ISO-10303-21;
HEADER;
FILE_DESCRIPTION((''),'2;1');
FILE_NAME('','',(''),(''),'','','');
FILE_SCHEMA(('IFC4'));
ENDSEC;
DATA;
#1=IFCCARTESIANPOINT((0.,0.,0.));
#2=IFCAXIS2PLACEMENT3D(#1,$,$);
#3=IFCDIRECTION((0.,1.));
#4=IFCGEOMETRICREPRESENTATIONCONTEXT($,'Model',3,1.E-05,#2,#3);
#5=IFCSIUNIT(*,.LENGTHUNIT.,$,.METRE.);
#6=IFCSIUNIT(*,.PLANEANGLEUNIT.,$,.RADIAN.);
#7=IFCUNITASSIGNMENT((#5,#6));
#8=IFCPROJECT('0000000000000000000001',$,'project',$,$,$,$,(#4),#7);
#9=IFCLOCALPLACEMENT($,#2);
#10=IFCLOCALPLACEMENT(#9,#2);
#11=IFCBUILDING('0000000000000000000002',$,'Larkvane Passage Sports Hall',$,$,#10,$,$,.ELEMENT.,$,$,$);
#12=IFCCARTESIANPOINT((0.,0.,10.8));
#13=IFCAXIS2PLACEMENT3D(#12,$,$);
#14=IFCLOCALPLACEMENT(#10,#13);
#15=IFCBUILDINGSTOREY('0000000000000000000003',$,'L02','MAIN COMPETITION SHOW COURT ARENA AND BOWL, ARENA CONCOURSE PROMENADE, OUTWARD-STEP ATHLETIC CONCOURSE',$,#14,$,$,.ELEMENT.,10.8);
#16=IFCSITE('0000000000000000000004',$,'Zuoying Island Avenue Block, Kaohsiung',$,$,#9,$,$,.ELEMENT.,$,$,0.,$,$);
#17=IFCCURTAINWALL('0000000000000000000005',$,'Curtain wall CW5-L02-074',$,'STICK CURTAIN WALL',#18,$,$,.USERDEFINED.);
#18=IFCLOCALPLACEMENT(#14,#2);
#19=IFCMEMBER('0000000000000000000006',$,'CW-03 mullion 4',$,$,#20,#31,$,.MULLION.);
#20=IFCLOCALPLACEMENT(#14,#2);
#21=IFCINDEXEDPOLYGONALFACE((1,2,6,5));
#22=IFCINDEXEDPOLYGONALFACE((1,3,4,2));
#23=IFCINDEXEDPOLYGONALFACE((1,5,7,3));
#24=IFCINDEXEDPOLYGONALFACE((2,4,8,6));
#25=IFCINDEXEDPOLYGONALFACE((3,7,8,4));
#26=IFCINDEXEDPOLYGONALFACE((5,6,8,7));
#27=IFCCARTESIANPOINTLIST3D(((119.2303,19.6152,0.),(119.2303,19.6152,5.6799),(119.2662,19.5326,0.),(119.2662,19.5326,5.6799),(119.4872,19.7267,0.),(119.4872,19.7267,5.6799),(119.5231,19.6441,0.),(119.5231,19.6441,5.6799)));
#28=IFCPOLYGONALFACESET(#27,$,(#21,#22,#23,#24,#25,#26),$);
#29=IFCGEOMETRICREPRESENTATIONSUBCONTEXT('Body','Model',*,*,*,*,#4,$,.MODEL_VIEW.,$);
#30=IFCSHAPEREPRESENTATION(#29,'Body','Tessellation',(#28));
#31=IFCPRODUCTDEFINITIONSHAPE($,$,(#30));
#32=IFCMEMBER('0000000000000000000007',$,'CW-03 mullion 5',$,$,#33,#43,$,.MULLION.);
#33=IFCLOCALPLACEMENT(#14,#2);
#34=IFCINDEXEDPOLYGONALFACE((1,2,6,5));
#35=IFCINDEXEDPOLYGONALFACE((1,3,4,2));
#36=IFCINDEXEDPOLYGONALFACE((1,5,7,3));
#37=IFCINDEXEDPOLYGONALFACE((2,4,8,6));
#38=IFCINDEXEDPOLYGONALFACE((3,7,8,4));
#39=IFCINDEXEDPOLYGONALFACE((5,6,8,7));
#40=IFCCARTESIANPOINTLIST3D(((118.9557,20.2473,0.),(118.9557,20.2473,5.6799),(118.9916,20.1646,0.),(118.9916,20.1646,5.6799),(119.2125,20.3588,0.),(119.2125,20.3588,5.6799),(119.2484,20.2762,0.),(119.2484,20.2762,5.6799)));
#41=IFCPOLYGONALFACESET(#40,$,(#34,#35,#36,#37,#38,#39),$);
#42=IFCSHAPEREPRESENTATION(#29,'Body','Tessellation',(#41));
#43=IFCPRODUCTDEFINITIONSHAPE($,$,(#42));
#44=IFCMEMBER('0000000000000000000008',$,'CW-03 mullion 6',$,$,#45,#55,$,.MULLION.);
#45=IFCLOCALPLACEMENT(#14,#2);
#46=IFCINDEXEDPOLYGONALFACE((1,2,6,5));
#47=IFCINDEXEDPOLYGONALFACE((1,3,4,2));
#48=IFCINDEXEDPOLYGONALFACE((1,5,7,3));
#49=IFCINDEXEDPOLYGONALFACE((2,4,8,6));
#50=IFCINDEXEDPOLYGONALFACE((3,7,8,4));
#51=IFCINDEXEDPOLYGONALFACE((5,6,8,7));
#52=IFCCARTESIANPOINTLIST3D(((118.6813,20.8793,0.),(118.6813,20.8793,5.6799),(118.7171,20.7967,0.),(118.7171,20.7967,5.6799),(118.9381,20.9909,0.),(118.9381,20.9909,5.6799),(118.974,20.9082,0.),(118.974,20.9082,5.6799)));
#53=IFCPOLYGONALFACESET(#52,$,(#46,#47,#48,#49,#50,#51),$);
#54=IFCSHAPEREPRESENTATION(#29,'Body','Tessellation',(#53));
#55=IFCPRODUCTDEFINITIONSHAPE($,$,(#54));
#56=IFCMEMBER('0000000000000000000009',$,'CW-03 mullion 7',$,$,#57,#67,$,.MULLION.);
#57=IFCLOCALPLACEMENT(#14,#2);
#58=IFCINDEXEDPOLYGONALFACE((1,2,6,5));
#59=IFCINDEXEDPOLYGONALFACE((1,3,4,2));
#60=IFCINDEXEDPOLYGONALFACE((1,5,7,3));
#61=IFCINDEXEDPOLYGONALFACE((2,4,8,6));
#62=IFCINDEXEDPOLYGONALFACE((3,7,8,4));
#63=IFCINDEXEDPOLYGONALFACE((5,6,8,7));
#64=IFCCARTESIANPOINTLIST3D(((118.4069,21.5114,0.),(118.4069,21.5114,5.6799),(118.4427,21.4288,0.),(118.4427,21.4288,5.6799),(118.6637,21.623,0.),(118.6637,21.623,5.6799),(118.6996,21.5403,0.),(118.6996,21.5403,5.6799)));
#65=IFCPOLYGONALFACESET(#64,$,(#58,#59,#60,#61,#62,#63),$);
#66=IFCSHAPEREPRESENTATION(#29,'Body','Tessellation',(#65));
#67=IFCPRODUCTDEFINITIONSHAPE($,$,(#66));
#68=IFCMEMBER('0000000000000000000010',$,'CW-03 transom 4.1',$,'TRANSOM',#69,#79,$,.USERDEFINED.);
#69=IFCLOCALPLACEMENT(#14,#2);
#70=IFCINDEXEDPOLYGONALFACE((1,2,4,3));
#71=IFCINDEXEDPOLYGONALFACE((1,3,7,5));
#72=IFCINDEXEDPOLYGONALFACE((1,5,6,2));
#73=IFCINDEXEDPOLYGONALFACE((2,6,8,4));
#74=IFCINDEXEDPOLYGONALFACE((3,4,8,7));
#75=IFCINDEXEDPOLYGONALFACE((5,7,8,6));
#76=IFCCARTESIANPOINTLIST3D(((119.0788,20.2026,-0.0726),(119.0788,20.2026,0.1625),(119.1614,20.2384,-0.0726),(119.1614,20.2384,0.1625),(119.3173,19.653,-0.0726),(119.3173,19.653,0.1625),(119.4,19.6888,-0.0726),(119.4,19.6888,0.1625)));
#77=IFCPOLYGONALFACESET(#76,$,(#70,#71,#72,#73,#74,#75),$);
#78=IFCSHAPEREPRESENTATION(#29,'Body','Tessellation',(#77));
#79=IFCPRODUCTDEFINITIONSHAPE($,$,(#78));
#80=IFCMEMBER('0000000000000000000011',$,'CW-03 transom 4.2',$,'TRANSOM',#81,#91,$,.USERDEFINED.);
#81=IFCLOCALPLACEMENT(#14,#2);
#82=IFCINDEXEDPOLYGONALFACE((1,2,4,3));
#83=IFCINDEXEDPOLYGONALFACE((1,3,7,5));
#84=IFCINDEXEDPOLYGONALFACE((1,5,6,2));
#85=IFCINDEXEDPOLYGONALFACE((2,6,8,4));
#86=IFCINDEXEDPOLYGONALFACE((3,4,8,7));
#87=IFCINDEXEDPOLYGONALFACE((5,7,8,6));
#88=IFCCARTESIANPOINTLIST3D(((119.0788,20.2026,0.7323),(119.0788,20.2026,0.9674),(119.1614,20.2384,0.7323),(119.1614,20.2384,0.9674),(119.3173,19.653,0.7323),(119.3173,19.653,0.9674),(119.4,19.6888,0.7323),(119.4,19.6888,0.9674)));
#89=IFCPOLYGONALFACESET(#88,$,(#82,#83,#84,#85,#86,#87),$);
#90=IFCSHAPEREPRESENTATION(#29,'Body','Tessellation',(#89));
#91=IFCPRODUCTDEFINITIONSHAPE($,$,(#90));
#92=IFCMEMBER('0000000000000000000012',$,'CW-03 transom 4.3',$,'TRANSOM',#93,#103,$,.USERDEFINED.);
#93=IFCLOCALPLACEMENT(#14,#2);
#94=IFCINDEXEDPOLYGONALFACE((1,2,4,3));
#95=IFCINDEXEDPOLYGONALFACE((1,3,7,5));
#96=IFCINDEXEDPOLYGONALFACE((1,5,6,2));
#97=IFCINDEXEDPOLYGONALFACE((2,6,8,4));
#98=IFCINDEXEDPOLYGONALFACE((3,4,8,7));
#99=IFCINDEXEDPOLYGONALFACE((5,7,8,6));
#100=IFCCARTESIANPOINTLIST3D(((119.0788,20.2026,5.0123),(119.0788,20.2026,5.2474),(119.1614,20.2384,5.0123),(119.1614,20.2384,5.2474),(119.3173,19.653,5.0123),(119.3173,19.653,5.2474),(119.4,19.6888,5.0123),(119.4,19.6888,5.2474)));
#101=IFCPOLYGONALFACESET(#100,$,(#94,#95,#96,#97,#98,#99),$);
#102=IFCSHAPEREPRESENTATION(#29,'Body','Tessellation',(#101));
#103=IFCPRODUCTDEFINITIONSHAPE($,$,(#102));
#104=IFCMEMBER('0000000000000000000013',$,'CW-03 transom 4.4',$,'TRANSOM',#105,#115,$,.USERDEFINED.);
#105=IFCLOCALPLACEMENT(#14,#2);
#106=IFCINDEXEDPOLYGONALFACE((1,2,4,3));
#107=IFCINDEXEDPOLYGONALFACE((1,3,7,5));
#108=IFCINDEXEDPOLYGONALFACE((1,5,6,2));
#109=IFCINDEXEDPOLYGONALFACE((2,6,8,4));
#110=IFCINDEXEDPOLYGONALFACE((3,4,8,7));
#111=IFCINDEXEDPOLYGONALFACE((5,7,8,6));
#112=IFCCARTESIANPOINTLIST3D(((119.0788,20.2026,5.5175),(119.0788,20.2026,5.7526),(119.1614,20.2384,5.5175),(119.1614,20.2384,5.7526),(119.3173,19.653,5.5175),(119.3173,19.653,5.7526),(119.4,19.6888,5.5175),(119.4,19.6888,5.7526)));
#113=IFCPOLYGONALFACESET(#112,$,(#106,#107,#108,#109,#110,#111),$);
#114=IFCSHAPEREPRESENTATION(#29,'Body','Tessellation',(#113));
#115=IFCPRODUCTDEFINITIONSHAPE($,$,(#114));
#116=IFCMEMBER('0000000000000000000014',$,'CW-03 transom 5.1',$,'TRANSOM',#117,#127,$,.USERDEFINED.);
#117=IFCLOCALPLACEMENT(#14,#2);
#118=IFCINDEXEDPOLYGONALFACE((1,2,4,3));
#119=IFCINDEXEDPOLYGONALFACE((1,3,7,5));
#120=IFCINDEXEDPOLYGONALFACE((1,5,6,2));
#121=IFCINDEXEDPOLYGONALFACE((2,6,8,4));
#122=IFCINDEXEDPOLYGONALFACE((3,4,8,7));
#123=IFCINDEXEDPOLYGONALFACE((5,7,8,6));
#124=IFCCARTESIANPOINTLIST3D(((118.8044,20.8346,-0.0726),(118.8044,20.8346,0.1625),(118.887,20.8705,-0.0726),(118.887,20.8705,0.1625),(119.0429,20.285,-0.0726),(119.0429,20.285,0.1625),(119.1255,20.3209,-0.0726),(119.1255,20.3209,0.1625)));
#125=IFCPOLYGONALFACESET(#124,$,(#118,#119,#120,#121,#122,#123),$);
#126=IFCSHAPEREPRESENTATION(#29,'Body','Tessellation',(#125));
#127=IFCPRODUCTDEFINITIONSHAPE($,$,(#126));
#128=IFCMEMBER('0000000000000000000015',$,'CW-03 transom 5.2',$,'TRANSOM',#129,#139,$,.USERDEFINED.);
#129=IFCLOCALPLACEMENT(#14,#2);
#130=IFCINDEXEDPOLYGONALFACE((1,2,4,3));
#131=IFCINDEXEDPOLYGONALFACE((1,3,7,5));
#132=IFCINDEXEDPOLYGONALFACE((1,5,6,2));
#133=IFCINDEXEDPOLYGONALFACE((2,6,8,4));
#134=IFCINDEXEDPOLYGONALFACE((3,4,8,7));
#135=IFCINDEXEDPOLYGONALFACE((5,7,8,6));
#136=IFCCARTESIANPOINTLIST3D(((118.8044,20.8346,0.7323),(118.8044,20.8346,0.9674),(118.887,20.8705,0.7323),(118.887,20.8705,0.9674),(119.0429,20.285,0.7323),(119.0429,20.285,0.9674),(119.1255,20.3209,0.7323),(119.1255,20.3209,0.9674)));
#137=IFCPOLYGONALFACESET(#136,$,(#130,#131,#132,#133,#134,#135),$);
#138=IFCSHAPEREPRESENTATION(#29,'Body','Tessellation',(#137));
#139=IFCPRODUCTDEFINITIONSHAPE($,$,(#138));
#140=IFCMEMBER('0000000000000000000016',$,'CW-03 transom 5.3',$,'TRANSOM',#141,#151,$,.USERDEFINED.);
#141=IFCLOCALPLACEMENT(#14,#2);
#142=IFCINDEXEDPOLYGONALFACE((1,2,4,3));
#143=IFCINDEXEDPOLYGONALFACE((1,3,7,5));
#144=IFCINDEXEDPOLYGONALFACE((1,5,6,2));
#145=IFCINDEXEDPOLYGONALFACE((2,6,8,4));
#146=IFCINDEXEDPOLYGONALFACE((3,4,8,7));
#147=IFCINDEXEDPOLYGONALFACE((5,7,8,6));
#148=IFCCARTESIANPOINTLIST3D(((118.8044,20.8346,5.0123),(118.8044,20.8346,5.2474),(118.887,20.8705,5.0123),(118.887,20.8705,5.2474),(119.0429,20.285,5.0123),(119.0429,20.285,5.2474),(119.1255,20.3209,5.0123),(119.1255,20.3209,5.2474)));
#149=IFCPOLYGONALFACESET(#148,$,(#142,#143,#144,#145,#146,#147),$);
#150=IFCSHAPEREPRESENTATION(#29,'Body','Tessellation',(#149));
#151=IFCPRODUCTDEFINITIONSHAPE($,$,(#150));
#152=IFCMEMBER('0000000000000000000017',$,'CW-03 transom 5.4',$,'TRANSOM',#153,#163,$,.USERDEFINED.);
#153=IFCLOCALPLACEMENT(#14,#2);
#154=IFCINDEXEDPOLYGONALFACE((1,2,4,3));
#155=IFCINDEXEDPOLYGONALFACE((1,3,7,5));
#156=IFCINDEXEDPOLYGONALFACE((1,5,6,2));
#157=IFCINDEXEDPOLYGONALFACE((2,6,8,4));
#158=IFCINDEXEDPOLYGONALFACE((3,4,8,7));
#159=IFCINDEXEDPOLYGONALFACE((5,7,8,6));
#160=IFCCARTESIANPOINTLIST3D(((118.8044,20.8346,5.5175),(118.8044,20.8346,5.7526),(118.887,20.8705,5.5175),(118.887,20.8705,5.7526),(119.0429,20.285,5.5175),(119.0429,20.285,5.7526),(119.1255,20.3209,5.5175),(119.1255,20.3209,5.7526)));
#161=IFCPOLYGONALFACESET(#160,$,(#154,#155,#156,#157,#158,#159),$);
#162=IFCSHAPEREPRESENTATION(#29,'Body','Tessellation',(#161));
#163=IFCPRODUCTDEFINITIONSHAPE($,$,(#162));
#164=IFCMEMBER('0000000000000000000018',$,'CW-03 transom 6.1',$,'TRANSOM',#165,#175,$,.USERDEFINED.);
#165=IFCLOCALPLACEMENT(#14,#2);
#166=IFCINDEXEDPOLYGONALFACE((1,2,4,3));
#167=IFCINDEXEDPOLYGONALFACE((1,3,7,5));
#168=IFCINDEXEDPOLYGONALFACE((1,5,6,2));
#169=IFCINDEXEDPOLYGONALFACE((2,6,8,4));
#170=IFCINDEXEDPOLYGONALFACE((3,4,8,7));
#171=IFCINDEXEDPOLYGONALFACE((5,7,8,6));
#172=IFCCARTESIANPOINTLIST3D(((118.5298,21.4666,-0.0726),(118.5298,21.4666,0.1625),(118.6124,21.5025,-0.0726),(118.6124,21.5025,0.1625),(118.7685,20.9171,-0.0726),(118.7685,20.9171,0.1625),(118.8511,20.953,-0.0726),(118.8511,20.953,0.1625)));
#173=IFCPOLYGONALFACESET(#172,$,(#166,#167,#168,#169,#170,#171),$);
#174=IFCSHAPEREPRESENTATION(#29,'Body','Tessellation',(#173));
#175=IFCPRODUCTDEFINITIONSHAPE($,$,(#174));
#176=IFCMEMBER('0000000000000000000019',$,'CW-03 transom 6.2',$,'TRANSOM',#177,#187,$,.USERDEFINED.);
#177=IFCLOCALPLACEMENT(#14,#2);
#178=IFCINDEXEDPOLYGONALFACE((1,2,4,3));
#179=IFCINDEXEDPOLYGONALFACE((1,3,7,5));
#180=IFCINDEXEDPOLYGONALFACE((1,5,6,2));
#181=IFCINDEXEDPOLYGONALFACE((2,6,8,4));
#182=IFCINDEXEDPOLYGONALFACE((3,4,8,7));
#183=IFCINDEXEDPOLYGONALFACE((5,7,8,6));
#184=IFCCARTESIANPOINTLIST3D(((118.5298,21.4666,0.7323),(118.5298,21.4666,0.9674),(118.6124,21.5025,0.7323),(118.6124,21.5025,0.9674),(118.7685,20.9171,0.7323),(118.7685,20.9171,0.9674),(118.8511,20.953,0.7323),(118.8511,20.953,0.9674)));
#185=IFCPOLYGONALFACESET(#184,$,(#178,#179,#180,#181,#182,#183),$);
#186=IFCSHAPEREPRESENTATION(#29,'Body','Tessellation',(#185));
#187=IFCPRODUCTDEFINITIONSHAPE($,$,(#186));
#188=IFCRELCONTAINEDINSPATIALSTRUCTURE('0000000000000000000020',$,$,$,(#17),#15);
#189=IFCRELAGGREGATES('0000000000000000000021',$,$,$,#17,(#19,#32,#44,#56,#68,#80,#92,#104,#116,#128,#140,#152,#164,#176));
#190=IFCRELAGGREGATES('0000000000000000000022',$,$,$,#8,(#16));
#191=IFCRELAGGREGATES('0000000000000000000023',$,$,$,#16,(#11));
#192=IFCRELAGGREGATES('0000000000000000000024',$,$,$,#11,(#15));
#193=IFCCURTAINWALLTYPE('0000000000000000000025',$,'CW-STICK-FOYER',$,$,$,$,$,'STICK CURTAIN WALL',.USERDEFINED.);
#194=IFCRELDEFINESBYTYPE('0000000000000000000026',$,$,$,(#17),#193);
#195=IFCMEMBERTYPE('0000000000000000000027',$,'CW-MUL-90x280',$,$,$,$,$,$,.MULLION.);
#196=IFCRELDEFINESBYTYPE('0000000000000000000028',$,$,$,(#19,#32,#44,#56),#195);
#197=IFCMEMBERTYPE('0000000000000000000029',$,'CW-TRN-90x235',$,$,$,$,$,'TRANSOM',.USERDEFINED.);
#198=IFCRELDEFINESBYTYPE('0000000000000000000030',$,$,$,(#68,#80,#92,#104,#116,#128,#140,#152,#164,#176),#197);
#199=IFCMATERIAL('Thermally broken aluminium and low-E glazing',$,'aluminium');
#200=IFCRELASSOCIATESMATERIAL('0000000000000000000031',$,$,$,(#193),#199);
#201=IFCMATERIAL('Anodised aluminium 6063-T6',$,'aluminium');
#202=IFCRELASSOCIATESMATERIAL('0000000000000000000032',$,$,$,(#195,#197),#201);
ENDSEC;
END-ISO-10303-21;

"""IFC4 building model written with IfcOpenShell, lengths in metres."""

from ifc_helpers import new_model, si_unit, direction, frame, origin, origin_2d, place, context, subcontext, project, spatial, rectangle, extrude, material, material_profile, profile_set, type_object, element, aggregate, save


model = new_model("IFC4")

# Units and contexts
model_context = context("Model", 3, precision=1e-05, world=origin(), true_north=direction((0.0, 1.0)))
body_context = subcontext(model_context, "Body", "Model", "MODEL_VIEW")
ifc_project = project(units=[si_unit("LENGTHUNIT", "METRE"), si_unit("PLANEANGLEUNIT", "RADIAN")], contexts=[model_context])

# Site, building, storey
site_placement = place(None, origin())
site = spatial("IfcSite", under=ifc_project, at=site_placement, Name="Zuoying Island Avenue Block, Kaohsiung", CompositionType="ELEMENT", RefElevation=0.0)
building_placement = place(site_placement, origin())
building = spatial("IfcBuilding", under=site, at=building_placement, Name="Larkvane Passage Sports Hall", CompositionType="ELEMENT")
storey_placement = place(building_placement, frame((0.0, 0.0, 10.8)))
storey = spatial("IfcBuildingStorey", under=building, at=storey_placement, Name="L02", Description="MAIN COMPETITION SHOW COURT ARENA AND BOWL, ARENA CONCOURSE PROMENADE, OUTWARD-STEP ATHLETIC CONCOURSE", CompositionType="ELEMENT", Elevation=10.8)

# Curtain wall, members
ifc_material_1 = material(Name="Thermally broken aluminium and low-E glazing", Category="aluminium")
curtain_wall_type = type_object("IfcCurtainWallType", Name="CW-STICK-FOYER", ElementType="STICK CURTAIN WALL", PredefinedType="USERDEFINED", material=ifc_material_1)
curtain_wall_placement = place(storey_placement, origin())
curtain_wall = element("IfcCurtainWall", 1, at=curtain_wall_placement, inside=storey, type_object=curtain_wall_type, Name="Curtain wall CW5-L02-074", ObjectType="STICK CURTAIN WALL", PredefinedType="USERDEFINED")
ifc_material_2 = material(Name="Anodised aluminium 6063-T6", Category="aluminium")
ifc_material_profile_1 = material_profile(ifc_material_2, rectangle(XDim=0.0901, YDim=0.28, at=origin_2d()), Name="ALU-MUL-90x280")
ifc_profile_set_1 = profile_set([ifc_material_profile_1], Name="Anodised aluminium 6063-T6")
member_type_1 = type_object("IfcMemberType", Name="CW-MUL-90x280", PredefinedType="MULLION", material=ifc_profile_set_1)
member_1_placement = place(storey_placement, frame((119.3767, 19.6296, 0.0), z_axis=(0.0, 0.0, 1.0), x_axis=(-0.398289, 0.91726, 0.0)))
member_1 = element("IfcMember", 2, at=member_1_placement, type_object=member_type_1, Name="CW-03 mullion 4", PredefinedType="MULLION", context=body_context, shape_type="SweptSolid", body=[
    extrude(rectangle(XDim=0.0901, YDim=0.28, at=origin_2d()), origin(), (0.0, 0.0, 1.0), 5.6799),
])
member_2_placement = place(storey_placement, frame((119.1021, 20.2617, 0.0), z_axis=(0.0, 0.0, 1.0), x_axis=(-0.398289, 0.91726, 0.0)))
member_2 = element("IfcMember", 3, at=member_2_placement, type_object=member_type_1, Name="CW-03 mullion 5", PredefinedType="MULLION", context=body_context, shape_type="SweptSolid", body=[
    extrude(rectangle(XDim=0.0901, YDim=0.28, at=origin_2d()), origin(), (0.0, 0.0, 1.0), 5.6799),
])
member_3_placement = place(storey_placement, frame((118.8276, 20.8938, 0.0), z_axis=(0.0, 0.0, 1.0), x_axis=(-0.398289, 0.91726, 0.0)))
member_3 = element("IfcMember", 4, at=member_3_placement, type_object=member_type_1, Name="CW-03 mullion 6", PredefinedType="MULLION", context=body_context, shape_type="SweptSolid", body=[
    extrude(rectangle(XDim=0.0901, YDim=0.28, at=origin_2d()), origin(), (0.0, 0.0, 1.0), 5.6799),
])
member_4_placement = place(storey_placement, frame((118.5532, 21.5259, 0.0), z_axis=(0.0, 0.0, 1.0), x_axis=(-0.398289, 0.91726, 0.0)))
member_4 = element("IfcMember", 5, at=member_4_placement, type_object=member_type_1, Name="CW-03 mullion 7", PredefinedType="MULLION", context=body_context, shape_type="SweptSolid", body=[
    extrude(rectangle(XDim=0.0901, YDim=0.28, at=origin_2d()), origin(), (0.0, 0.0, 1.0), 5.6799),
])
ifc_material_profile_2 = material_profile(ifc_material_2, rectangle(XDim=0.0901, YDim=0.2351, at=origin_2d()), Name="ALU-TRN-90x235")
ifc_profile_set_2 = profile_set([ifc_material_profile_2], Name="Anodised aluminium 6063-T6")
member_type_2 = type_object("IfcMemberType", Name="CW-TRN-90x235", ElementType="TRANSOM", PredefinedType="USERDEFINED", material=ifc_profile_set_2)
member_5_placement = place(storey_placement, frame((119.3586, 19.6709, 0.0449), z_axis=(-0.398145, 0.917323, 0.0), x_axis=(-0.917323, -0.398145, 0.0)))
member_5 = element("IfcMember", 6, at=member_5_placement, type_object=member_type_2, Name="CW-03 transom 4.1", ObjectType="TRANSOM", PredefinedType="USERDEFINED", context=body_context, shape_type="SweptSolid", body=[
    extrude(rectangle(XDim=0.0901, YDim=0.2351, at=origin_2d()), origin(), (0.0, 0.0, 1.0), 0.5991),
])
member_6_placement = place(storey_placement, frame((119.3586, 19.6709, 0.8499), z_axis=(-0.398145, 0.917323, 0.0), x_axis=(-0.917323, -0.398145, 0.0)))
member_6 = element("IfcMember", 7, at=member_6_placement, type_object=member_type_2, Name="CW-03 transom 4.2", ObjectType="TRANSOM", PredefinedType="USERDEFINED", context=body_context, shape_type="SweptSolid", body=[
    extrude(rectangle(XDim=0.0901, YDim=0.2351, at=origin_2d()), origin(), (0.0, 0.0, 1.0), 0.5991),
])
member_7_placement = place(storey_placement, frame((119.3586, 19.6709, 5.1299), z_axis=(-0.398145, 0.917323, 0.0), x_axis=(-0.917323, -0.398145, 0.0)))
member_7 = element("IfcMember", 8, at=member_7_placement, type_object=member_type_2, Name="CW-03 transom 4.3", ObjectType="TRANSOM", PredefinedType="USERDEFINED", context=body_context, shape_type="SweptSolid", body=[
    extrude(rectangle(XDim=0.0901, YDim=0.2351, at=origin_2d()), origin(), (0.0, 0.0, 1.0), 0.5991),
])
member_8_placement = place(storey_placement, frame((119.3586, 19.6709, 5.635), z_axis=(-0.398145, 0.917323, 0.0), x_axis=(-0.917323, -0.398145, 0.0)))
member_8 = element("IfcMember", 9, at=member_8_placement, type_object=member_type_2, Name="CW-03 transom 4.4", ObjectType="TRANSOM", PredefinedType="USERDEFINED", context=body_context, shape_type="SweptSolid", body=[
    extrude(rectangle(XDim=0.0901, YDim=0.2351, at=origin_2d()), origin(), (0.0, 0.0, 1.0), 0.5991),
])
member_9_placement = place(storey_placement, frame((119.0842, 20.303, 0.0449), z_axis=(-0.398145, 0.917323, 0.0), x_axis=(-0.917323, -0.398145, 0.0)))
member_9 = element("IfcMember", 10, at=member_9_placement, type_object=member_type_2, Name="CW-03 transom 5.1", ObjectType="TRANSOM", PredefinedType="USERDEFINED", context=body_context, shape_type="SweptSolid", body=[
    extrude(rectangle(XDim=0.0901, YDim=0.2351, at=origin_2d()), origin(), (0.0, 0.0, 1.0), 0.5991),
])
member_10_placement = place(storey_placement, frame((119.0842, 20.303, 0.8499), z_axis=(-0.398145, 0.917323, 0.0), x_axis=(-0.917323, -0.398145, 0.0)))
member_10 = element("IfcMember", 11, at=member_10_placement, type_object=member_type_2, Name="CW-03 transom 5.2", ObjectType="TRANSOM", PredefinedType="USERDEFINED", context=body_context, shape_type="SweptSolid", body=[
    extrude(rectangle(XDim=0.0901, YDim=0.2351, at=origin_2d()), origin(), (0.0, 0.0, 1.0), 0.5991),
])
member_11_placement = place(storey_placement, frame((119.0842, 20.303, 5.1299), z_axis=(-0.398145, 0.917323, 0.0), x_axis=(-0.917323, -0.398145, 0.0)))
member_11 = element("IfcMember", 12, at=member_11_placement, type_object=member_type_2, Name="CW-03 transom 5.3", ObjectType="TRANSOM", PredefinedType="USERDEFINED", context=body_context, shape_type="SweptSolid", body=[
    extrude(rectangle(XDim=0.0901, YDim=0.2351, at=origin_2d()), origin(), (0.0, 0.0, 1.0), 0.5991),
])
member_12_placement = place(storey_placement, frame((119.0842, 20.303, 5.635), z_axis=(-0.398145, 0.917323, 0.0), x_axis=(-0.917323, -0.398145, 0.0)))
member_12 = element("IfcMember", 13, at=member_12_placement, type_object=member_type_2, Name="CW-03 transom 5.4", ObjectType="TRANSOM", PredefinedType="USERDEFINED", context=body_context, shape_type="SweptSolid", body=[
    extrude(rectangle(XDim=0.0901, YDim=0.2351, at=origin_2d()), origin(), (0.0, 0.0, 1.0), 0.5991),
])
member_13_placement = place(storey_placement, frame((118.8098, 20.9351, 0.0449), z_axis=(-0.398488, 0.917174, 0.0), x_axis=(-0.917174, -0.398488, 0.0)))
member_13 = element("IfcMember", 14, at=member_13_placement, type_object=member_type_2, Name="CW-03 transom 6.1", ObjectType="TRANSOM", PredefinedType="USERDEFINED", context=body_context, shape_type="SweptSolid", body=[
    extrude(rectangle(XDim=0.0901, YDim=0.2351, at=origin_2d()), origin(), (0.0, 0.0, 1.0), 0.5991),
])
member_14_placement = place(storey_placement, frame((118.8098, 20.9351, 0.8499), z_axis=(-0.398488, 0.917174, 0.0), x_axis=(-0.917174, -0.398488, 0.0)))
member_14 = element("IfcMember", 15, at=member_14_placement, type_object=member_type_2, Name="CW-03 transom 6.2", ObjectType="TRANSOM", PredefinedType="USERDEFINED", context=body_context, shape_type="SweptSolid", body=[
    extrude(rectangle(XDim=0.0901, YDim=0.2351, at=origin_2d()), origin(), (0.0, 0.0, 1.0), 0.5991),
])
aggregate(curtain_wall, [member_1, member_2, member_3, member_4, member_5, member_6, member_7, member_8, member_9, member_10, member_11, member_12, member_13, member_14])

save(model, "model.ifc")
